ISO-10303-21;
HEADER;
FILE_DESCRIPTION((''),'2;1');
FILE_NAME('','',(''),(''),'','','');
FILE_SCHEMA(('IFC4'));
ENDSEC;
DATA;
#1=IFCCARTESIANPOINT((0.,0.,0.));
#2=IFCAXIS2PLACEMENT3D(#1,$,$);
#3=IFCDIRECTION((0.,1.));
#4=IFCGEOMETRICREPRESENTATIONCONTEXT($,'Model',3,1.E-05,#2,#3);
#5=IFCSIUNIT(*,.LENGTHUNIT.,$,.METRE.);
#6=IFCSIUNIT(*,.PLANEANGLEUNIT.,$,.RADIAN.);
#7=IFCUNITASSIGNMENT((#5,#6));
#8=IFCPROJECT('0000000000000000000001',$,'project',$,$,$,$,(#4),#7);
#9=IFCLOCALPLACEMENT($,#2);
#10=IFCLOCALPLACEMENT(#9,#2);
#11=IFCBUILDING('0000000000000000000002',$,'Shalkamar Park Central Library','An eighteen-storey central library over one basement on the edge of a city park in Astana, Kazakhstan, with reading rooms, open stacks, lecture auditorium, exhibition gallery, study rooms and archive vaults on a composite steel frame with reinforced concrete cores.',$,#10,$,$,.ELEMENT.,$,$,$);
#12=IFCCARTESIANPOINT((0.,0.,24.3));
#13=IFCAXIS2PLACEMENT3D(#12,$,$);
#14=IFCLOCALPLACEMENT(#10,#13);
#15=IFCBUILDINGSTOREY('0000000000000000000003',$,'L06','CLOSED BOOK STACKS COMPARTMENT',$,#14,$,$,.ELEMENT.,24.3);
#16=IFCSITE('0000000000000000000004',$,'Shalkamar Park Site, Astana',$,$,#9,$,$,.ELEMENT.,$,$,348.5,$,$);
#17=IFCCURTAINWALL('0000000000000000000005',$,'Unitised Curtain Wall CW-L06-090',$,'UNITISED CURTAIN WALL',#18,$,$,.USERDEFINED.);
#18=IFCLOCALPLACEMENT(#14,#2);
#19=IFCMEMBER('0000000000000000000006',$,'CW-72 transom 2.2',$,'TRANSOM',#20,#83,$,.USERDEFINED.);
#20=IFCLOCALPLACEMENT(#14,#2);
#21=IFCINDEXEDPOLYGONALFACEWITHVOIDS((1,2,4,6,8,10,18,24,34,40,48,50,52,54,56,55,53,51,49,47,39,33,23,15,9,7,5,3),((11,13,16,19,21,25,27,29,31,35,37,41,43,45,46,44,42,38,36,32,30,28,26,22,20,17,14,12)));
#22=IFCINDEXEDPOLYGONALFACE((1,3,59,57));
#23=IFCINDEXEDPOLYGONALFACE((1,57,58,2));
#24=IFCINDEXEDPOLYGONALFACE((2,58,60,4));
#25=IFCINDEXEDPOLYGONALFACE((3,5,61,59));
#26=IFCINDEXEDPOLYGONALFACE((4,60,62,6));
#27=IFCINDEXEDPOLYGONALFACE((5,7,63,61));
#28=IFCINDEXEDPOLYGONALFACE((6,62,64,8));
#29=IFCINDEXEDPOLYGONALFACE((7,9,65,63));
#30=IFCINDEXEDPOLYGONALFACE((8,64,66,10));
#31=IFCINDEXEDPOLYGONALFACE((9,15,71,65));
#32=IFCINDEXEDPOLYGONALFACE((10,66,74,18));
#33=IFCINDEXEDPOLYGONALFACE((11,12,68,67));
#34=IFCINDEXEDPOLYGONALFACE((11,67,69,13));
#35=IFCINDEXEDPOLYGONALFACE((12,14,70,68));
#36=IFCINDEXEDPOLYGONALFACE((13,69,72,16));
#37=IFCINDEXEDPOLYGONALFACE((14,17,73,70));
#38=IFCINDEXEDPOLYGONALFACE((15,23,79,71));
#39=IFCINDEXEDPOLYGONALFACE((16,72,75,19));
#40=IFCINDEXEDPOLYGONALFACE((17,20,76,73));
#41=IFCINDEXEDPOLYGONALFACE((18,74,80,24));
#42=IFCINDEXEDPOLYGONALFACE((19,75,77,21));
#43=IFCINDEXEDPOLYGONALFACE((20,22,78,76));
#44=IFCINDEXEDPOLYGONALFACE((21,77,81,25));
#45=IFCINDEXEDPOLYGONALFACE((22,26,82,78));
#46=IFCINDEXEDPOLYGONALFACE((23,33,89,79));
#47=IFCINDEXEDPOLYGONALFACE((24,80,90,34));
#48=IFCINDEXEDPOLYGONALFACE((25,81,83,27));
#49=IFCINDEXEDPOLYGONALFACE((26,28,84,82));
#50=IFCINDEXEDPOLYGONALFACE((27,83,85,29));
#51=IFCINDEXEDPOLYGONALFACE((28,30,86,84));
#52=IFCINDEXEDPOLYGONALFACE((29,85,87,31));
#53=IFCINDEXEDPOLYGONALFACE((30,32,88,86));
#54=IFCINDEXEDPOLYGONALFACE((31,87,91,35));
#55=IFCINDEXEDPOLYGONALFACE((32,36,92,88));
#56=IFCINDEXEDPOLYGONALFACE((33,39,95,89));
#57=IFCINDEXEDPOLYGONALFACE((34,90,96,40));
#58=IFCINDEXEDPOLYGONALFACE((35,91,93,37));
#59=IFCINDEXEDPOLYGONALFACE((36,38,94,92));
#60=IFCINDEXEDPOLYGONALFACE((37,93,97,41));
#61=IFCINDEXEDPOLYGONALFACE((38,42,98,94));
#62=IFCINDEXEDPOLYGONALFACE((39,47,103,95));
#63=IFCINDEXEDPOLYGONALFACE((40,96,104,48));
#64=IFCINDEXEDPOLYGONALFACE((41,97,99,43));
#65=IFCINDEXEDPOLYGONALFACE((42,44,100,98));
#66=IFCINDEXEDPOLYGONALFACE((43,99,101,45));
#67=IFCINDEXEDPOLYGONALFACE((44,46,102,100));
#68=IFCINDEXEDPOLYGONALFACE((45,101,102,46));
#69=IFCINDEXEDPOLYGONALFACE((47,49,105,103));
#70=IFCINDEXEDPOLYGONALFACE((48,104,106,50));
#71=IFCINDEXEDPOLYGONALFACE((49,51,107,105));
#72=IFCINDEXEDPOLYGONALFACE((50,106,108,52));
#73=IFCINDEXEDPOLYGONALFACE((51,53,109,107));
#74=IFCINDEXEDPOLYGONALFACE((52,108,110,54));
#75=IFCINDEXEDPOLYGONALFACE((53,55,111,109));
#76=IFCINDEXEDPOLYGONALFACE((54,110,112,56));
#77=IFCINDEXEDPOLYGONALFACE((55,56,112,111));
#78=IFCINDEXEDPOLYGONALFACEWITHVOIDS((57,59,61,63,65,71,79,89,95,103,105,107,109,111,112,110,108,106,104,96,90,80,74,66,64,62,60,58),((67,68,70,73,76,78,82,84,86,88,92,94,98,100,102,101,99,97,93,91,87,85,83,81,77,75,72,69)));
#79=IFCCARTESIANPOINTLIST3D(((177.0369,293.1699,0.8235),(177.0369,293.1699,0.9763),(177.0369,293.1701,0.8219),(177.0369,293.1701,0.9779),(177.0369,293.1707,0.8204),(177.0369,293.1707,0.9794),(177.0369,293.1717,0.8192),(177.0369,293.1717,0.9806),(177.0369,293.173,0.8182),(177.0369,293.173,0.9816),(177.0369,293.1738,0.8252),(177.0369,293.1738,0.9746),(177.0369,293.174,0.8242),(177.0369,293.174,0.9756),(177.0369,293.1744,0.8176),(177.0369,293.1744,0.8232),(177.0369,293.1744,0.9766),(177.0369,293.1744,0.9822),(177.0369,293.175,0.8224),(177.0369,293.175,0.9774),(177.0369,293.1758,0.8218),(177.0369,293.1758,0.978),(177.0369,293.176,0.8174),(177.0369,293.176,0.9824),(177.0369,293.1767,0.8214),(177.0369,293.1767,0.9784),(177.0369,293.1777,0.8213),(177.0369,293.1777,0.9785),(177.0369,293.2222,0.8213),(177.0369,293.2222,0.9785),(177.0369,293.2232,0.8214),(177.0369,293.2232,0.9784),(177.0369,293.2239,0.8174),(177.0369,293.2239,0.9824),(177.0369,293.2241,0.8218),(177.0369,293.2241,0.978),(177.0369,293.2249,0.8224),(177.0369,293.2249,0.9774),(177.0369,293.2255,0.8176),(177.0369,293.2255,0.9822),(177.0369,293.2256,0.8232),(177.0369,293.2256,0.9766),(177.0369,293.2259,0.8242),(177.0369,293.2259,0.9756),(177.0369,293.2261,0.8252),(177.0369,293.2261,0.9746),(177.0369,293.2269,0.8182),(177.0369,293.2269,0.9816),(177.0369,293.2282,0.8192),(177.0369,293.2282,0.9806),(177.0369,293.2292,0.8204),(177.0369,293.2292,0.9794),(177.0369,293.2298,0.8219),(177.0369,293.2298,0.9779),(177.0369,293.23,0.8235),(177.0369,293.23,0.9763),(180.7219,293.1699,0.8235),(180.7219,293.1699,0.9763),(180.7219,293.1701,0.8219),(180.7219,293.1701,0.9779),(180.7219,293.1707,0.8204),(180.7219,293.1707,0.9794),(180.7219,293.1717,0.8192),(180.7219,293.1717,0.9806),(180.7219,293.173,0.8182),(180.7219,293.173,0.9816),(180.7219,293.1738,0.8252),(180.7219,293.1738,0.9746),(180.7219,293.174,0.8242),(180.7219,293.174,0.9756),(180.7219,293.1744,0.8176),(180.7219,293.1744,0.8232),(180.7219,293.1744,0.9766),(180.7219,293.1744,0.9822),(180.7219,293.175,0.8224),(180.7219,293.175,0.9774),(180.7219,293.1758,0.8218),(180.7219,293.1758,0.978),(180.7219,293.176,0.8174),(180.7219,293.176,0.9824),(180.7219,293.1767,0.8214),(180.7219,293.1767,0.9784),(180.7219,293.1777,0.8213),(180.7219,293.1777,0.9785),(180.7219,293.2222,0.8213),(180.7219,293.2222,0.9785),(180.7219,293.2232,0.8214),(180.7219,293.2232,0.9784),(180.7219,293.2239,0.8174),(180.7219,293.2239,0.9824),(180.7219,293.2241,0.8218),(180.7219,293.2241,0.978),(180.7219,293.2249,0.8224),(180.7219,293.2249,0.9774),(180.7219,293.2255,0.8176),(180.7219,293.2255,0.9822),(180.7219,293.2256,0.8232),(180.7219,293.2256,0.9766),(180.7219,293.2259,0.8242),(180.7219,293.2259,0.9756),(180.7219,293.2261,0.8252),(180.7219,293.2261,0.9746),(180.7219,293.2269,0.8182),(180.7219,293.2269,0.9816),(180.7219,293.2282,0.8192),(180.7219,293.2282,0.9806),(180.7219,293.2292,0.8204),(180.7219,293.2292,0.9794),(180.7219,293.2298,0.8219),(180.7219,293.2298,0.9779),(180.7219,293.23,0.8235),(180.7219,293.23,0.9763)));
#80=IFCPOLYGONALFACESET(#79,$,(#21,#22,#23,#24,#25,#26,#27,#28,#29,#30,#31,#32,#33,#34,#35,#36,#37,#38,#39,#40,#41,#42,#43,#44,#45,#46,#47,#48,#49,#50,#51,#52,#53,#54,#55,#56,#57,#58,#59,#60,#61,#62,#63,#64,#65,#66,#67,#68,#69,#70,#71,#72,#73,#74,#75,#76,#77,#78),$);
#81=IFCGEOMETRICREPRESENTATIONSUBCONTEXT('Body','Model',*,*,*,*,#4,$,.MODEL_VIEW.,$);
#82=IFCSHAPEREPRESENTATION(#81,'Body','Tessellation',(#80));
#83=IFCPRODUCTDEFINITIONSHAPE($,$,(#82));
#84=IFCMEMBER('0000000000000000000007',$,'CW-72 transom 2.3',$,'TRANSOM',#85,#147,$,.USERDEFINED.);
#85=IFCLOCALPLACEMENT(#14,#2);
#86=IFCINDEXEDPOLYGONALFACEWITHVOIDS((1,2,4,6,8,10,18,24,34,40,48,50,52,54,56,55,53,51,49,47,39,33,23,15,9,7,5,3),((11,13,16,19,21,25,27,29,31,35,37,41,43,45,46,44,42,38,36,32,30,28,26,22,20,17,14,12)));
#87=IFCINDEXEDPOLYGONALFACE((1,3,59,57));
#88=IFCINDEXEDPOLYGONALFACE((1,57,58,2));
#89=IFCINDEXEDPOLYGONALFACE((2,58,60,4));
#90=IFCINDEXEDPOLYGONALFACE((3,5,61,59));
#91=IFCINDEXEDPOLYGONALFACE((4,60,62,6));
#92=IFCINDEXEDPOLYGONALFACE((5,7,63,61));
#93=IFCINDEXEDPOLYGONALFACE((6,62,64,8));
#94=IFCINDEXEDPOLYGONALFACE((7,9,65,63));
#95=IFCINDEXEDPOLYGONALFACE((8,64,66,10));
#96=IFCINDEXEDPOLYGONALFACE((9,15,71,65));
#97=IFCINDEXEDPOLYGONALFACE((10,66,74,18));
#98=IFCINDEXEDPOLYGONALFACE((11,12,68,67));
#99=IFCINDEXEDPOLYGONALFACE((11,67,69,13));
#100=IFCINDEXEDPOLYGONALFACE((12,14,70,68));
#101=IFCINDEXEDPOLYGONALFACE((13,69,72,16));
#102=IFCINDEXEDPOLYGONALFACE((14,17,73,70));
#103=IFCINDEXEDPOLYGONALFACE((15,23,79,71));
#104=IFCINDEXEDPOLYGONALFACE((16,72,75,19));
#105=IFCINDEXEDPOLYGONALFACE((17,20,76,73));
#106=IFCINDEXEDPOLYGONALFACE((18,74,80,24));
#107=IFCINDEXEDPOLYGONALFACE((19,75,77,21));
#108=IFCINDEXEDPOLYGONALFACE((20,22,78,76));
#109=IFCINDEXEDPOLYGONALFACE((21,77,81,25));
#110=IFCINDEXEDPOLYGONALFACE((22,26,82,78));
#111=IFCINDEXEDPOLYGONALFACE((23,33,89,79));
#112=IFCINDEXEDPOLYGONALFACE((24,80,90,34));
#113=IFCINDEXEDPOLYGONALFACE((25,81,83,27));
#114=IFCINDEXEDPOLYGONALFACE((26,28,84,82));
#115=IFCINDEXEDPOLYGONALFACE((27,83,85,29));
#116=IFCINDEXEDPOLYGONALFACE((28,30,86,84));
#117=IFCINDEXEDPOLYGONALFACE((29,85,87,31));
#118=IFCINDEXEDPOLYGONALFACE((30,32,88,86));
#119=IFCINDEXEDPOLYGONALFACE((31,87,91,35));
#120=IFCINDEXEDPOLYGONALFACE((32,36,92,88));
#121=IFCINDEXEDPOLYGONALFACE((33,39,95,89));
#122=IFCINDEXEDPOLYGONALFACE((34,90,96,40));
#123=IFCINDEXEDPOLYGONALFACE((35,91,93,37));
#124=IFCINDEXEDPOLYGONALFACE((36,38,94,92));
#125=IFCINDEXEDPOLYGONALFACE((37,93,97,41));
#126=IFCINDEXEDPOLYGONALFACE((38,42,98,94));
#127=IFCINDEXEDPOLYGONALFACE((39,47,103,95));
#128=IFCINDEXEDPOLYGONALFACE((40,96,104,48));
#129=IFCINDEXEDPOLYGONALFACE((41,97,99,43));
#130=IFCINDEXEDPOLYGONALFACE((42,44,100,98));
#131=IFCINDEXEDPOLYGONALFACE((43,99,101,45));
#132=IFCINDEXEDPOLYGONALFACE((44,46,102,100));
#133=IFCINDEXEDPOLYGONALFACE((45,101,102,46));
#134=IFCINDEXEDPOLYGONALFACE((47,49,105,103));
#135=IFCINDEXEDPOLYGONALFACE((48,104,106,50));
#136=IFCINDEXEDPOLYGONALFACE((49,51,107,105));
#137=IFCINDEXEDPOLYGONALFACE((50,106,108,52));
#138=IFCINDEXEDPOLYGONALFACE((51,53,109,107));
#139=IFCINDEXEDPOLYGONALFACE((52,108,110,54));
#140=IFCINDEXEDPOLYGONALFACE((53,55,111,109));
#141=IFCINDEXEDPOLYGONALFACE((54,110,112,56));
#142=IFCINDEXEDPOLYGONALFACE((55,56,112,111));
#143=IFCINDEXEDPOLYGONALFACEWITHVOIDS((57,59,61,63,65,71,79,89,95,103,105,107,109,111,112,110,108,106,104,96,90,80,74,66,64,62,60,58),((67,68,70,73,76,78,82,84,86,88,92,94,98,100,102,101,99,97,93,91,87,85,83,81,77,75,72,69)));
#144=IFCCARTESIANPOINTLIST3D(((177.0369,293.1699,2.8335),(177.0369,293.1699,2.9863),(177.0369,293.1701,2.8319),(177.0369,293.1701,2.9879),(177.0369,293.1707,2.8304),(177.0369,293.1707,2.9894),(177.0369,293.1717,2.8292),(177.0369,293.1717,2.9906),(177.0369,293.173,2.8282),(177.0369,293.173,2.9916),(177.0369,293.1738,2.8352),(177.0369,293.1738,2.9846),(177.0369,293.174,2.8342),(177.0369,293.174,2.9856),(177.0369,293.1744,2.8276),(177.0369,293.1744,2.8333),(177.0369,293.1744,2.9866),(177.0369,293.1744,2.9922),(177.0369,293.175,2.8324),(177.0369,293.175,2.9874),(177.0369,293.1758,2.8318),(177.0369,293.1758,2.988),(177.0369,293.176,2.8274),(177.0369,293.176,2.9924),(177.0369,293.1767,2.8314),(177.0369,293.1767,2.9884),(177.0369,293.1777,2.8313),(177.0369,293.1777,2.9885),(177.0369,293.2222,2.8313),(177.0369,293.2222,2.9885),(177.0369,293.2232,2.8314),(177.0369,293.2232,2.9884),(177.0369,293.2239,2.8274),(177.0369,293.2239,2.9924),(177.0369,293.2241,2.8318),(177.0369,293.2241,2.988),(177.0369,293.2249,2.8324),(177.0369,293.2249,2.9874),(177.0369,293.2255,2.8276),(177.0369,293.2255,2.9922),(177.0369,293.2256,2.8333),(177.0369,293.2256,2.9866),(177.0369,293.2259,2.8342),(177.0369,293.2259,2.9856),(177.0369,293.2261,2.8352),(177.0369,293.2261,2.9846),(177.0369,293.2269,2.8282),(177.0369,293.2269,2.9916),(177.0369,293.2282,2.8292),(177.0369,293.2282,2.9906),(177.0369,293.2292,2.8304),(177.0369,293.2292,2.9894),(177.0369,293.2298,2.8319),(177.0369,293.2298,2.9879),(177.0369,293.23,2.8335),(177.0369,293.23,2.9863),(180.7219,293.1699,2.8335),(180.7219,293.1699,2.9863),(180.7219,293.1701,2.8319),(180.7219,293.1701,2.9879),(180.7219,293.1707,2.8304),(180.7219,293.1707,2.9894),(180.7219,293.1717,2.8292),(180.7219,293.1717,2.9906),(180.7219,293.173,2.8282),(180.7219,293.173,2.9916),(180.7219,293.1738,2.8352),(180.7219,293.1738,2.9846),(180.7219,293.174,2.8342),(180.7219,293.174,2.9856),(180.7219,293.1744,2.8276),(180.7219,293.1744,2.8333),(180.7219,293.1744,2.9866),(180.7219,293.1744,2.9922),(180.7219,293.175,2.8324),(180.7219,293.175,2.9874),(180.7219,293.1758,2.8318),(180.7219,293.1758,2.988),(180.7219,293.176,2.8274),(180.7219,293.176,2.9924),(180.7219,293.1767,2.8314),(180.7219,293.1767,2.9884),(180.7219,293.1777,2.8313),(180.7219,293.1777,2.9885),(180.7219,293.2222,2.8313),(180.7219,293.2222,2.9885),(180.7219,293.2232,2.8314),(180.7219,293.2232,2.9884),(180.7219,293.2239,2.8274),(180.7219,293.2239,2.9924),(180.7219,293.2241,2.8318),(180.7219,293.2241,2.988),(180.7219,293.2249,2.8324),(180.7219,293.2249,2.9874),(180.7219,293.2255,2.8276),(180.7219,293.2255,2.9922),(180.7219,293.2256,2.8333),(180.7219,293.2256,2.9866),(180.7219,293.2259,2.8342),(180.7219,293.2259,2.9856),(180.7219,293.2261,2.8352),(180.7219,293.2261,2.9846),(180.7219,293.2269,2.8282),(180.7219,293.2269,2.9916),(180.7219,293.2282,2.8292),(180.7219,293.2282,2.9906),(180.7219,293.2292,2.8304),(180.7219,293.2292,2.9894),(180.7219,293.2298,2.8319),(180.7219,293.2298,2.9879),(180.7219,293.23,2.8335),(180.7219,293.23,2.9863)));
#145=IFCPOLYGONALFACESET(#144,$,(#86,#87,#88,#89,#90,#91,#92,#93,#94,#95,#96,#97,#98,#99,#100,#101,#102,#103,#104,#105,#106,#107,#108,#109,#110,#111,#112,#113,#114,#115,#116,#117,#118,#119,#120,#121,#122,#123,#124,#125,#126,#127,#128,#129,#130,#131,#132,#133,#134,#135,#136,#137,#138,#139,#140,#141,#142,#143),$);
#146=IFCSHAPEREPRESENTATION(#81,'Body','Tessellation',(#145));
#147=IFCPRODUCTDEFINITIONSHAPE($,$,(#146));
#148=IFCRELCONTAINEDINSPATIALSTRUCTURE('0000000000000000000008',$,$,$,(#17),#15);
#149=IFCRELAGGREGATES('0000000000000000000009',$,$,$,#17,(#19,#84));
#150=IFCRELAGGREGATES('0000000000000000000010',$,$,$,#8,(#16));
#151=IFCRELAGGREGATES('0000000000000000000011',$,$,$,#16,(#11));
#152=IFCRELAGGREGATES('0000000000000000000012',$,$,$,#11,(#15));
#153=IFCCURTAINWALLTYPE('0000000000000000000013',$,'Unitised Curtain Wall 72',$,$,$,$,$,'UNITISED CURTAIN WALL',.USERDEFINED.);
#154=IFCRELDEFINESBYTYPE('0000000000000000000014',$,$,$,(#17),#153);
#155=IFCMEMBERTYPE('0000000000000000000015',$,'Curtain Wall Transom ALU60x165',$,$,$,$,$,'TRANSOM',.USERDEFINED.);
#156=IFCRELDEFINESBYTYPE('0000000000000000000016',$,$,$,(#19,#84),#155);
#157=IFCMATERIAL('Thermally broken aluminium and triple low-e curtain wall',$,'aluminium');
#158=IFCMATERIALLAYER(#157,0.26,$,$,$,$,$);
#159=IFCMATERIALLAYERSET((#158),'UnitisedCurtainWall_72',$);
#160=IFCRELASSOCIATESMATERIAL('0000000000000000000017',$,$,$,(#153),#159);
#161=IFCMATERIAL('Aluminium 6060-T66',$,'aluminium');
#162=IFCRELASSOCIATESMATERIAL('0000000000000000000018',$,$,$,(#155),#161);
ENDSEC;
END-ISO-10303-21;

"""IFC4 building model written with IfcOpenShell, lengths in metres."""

from ifc_helpers import new_model, si_unit, direction, frame, origin, origin_2d, place, context, subcontext, project, spatial, hollow_rectangle, extrude, material, layer, layer_set, material_profile, profile_set, type_object, element, aggregate, save


model = new_model("IFC4")

# Units and contexts
model_context = context("Model", 3, precision=1e-05, world=origin(), true_north=direction((0.0, 1.0)))
body_context = subcontext(model_context, "Body", "Model", "MODEL_VIEW")
ifc_project = project(units=[si_unit("LENGTHUNIT", "METRE"), si_unit("PLANEANGLEUNIT", "RADIAN")], contexts=[model_context])

# Site, building, storey
site_placement = place(None, origin())
site = spatial("IfcSite", under=ifc_project, at=site_placement, Name="Shalkamar Park Site, Astana", CompositionType="ELEMENT", RefElevation=348.5)
building_placement = place(site_placement, origin())
building = spatial("IfcBuilding", under=site, at=building_placement, Name="Shalkamar Park Central Library", Description="An eighteen-storey central library over one basement on the edge of a city park in Astana, Kazakhstan, with reading rooms, open stacks, lecture auditorium, exhibition gallery, study rooms and archive vaults on a composite steel frame with reinforced concrete cores.", CompositionType="ELEMENT")
storey_placement = place(building_placement, frame((0.0, 0.0, 24.3)))
storey = spatial("IfcBuildingStorey", under=building, at=storey_placement, Name="L06", Description="CLOSED BOOK STACKS COMPARTMENT", CompositionType="ELEMENT", Elevation=24.3)

# Curtain wall, members
ifc_material_1 = material(Name="Thermally broken aluminium and triple low-e curtain wall", Category="aluminium")
ifc_layer_1 = layer(ifc_material_1, 0.26)
ifc_layer_set_1 = layer_set([ifc_layer_1], Name="UnitisedCurtainWall_72")
curtain_wall_type = type_object("IfcCurtainWallType", Name="Unitised Curtain Wall 72", ElementType="UNITISED CURTAIN WALL", PredefinedType="USERDEFINED", material=ifc_layer_set_1)
curtain_wall_placement = place(storey_placement, origin())
curtain_wall = element("IfcCurtainWall", 1, at=curtain_wall_placement, inside=storey, type_object=curtain_wall_type, Name="Unitised Curtain Wall CW-L06-090", ObjectType="UNITISED CURTAIN WALL", PredefinedType="USERDEFINED")
ifc_material_2 = material(Name="Aluminium 6060-T66", Category="aluminium")
ifc_material_profile_1 = material_profile(ifc_material_2, hollow_rectangle(XDim=0.0601, YDim=0.165, WallThickness=0.0039, InnerFilletRadius=0.0039, OuterFilletRadius=0.0061, at=origin_2d()), Name="ALU 60x165x4")
ifc_profile_set_1 = profile_set([ifc_material_profile_1], Name="Aluminium 6060-T66")
member_type_1 = type_object("IfcMemberType", Name="Curtain Wall Transom ALU60x165", ElementType="TRANSOM", PredefinedType="USERDEFINED", material=ifc_profile_set_1)
member_1_placement = place(storey_placement, frame((177.0369, 293.2, 0.8999), z_axis=(1.0, 0.0, 0.0), x_axis=(0.0, 1.0, 0.0)))
member_1 = element("IfcMember", 2, at=member_1_placement, type_object=member_type_1, Name="CW-72 transom 2.2", ObjectType="TRANSOM", PredefinedType="USERDEFINED", context=body_context, shape_type="SweptSolid", body=[
    extrude(hollow_rectangle(XDim=0.0601, YDim=0.165, WallThickness=0.0039, InnerFilletRadius=0.0039, OuterFilletRadius=0.0061, at=origin_2d()), origin(), (0.0, 0.0, 1.0), 3.6851),
])
member_2_placement = place(storey_placement, frame((177.0369, 293.2, 2.9099), z_axis=(1.0, 0.0, 0.0), x_axis=(0.0, 1.0, 0.0)))
member_2 = element("IfcMember", 3, at=member_2_placement, type_object=member_type_1, Name="CW-72 transom 2.3", ObjectType="TRANSOM", PredefinedType="USERDEFINED", context=body_context, shape_type="SweptSolid", body=[
    extrude(hollow_rectangle(XDim=0.0601, YDim=0.165, WallThickness=0.0039, InnerFilletRadius=0.0039, OuterFilletRadius=0.0061, at=origin_2d()), origin(), (0.0, 0.0, 1.0), 3.6851),
])

aggregate(curtain_wall, [member_1, member_2])

save(model, "model.ifc")
